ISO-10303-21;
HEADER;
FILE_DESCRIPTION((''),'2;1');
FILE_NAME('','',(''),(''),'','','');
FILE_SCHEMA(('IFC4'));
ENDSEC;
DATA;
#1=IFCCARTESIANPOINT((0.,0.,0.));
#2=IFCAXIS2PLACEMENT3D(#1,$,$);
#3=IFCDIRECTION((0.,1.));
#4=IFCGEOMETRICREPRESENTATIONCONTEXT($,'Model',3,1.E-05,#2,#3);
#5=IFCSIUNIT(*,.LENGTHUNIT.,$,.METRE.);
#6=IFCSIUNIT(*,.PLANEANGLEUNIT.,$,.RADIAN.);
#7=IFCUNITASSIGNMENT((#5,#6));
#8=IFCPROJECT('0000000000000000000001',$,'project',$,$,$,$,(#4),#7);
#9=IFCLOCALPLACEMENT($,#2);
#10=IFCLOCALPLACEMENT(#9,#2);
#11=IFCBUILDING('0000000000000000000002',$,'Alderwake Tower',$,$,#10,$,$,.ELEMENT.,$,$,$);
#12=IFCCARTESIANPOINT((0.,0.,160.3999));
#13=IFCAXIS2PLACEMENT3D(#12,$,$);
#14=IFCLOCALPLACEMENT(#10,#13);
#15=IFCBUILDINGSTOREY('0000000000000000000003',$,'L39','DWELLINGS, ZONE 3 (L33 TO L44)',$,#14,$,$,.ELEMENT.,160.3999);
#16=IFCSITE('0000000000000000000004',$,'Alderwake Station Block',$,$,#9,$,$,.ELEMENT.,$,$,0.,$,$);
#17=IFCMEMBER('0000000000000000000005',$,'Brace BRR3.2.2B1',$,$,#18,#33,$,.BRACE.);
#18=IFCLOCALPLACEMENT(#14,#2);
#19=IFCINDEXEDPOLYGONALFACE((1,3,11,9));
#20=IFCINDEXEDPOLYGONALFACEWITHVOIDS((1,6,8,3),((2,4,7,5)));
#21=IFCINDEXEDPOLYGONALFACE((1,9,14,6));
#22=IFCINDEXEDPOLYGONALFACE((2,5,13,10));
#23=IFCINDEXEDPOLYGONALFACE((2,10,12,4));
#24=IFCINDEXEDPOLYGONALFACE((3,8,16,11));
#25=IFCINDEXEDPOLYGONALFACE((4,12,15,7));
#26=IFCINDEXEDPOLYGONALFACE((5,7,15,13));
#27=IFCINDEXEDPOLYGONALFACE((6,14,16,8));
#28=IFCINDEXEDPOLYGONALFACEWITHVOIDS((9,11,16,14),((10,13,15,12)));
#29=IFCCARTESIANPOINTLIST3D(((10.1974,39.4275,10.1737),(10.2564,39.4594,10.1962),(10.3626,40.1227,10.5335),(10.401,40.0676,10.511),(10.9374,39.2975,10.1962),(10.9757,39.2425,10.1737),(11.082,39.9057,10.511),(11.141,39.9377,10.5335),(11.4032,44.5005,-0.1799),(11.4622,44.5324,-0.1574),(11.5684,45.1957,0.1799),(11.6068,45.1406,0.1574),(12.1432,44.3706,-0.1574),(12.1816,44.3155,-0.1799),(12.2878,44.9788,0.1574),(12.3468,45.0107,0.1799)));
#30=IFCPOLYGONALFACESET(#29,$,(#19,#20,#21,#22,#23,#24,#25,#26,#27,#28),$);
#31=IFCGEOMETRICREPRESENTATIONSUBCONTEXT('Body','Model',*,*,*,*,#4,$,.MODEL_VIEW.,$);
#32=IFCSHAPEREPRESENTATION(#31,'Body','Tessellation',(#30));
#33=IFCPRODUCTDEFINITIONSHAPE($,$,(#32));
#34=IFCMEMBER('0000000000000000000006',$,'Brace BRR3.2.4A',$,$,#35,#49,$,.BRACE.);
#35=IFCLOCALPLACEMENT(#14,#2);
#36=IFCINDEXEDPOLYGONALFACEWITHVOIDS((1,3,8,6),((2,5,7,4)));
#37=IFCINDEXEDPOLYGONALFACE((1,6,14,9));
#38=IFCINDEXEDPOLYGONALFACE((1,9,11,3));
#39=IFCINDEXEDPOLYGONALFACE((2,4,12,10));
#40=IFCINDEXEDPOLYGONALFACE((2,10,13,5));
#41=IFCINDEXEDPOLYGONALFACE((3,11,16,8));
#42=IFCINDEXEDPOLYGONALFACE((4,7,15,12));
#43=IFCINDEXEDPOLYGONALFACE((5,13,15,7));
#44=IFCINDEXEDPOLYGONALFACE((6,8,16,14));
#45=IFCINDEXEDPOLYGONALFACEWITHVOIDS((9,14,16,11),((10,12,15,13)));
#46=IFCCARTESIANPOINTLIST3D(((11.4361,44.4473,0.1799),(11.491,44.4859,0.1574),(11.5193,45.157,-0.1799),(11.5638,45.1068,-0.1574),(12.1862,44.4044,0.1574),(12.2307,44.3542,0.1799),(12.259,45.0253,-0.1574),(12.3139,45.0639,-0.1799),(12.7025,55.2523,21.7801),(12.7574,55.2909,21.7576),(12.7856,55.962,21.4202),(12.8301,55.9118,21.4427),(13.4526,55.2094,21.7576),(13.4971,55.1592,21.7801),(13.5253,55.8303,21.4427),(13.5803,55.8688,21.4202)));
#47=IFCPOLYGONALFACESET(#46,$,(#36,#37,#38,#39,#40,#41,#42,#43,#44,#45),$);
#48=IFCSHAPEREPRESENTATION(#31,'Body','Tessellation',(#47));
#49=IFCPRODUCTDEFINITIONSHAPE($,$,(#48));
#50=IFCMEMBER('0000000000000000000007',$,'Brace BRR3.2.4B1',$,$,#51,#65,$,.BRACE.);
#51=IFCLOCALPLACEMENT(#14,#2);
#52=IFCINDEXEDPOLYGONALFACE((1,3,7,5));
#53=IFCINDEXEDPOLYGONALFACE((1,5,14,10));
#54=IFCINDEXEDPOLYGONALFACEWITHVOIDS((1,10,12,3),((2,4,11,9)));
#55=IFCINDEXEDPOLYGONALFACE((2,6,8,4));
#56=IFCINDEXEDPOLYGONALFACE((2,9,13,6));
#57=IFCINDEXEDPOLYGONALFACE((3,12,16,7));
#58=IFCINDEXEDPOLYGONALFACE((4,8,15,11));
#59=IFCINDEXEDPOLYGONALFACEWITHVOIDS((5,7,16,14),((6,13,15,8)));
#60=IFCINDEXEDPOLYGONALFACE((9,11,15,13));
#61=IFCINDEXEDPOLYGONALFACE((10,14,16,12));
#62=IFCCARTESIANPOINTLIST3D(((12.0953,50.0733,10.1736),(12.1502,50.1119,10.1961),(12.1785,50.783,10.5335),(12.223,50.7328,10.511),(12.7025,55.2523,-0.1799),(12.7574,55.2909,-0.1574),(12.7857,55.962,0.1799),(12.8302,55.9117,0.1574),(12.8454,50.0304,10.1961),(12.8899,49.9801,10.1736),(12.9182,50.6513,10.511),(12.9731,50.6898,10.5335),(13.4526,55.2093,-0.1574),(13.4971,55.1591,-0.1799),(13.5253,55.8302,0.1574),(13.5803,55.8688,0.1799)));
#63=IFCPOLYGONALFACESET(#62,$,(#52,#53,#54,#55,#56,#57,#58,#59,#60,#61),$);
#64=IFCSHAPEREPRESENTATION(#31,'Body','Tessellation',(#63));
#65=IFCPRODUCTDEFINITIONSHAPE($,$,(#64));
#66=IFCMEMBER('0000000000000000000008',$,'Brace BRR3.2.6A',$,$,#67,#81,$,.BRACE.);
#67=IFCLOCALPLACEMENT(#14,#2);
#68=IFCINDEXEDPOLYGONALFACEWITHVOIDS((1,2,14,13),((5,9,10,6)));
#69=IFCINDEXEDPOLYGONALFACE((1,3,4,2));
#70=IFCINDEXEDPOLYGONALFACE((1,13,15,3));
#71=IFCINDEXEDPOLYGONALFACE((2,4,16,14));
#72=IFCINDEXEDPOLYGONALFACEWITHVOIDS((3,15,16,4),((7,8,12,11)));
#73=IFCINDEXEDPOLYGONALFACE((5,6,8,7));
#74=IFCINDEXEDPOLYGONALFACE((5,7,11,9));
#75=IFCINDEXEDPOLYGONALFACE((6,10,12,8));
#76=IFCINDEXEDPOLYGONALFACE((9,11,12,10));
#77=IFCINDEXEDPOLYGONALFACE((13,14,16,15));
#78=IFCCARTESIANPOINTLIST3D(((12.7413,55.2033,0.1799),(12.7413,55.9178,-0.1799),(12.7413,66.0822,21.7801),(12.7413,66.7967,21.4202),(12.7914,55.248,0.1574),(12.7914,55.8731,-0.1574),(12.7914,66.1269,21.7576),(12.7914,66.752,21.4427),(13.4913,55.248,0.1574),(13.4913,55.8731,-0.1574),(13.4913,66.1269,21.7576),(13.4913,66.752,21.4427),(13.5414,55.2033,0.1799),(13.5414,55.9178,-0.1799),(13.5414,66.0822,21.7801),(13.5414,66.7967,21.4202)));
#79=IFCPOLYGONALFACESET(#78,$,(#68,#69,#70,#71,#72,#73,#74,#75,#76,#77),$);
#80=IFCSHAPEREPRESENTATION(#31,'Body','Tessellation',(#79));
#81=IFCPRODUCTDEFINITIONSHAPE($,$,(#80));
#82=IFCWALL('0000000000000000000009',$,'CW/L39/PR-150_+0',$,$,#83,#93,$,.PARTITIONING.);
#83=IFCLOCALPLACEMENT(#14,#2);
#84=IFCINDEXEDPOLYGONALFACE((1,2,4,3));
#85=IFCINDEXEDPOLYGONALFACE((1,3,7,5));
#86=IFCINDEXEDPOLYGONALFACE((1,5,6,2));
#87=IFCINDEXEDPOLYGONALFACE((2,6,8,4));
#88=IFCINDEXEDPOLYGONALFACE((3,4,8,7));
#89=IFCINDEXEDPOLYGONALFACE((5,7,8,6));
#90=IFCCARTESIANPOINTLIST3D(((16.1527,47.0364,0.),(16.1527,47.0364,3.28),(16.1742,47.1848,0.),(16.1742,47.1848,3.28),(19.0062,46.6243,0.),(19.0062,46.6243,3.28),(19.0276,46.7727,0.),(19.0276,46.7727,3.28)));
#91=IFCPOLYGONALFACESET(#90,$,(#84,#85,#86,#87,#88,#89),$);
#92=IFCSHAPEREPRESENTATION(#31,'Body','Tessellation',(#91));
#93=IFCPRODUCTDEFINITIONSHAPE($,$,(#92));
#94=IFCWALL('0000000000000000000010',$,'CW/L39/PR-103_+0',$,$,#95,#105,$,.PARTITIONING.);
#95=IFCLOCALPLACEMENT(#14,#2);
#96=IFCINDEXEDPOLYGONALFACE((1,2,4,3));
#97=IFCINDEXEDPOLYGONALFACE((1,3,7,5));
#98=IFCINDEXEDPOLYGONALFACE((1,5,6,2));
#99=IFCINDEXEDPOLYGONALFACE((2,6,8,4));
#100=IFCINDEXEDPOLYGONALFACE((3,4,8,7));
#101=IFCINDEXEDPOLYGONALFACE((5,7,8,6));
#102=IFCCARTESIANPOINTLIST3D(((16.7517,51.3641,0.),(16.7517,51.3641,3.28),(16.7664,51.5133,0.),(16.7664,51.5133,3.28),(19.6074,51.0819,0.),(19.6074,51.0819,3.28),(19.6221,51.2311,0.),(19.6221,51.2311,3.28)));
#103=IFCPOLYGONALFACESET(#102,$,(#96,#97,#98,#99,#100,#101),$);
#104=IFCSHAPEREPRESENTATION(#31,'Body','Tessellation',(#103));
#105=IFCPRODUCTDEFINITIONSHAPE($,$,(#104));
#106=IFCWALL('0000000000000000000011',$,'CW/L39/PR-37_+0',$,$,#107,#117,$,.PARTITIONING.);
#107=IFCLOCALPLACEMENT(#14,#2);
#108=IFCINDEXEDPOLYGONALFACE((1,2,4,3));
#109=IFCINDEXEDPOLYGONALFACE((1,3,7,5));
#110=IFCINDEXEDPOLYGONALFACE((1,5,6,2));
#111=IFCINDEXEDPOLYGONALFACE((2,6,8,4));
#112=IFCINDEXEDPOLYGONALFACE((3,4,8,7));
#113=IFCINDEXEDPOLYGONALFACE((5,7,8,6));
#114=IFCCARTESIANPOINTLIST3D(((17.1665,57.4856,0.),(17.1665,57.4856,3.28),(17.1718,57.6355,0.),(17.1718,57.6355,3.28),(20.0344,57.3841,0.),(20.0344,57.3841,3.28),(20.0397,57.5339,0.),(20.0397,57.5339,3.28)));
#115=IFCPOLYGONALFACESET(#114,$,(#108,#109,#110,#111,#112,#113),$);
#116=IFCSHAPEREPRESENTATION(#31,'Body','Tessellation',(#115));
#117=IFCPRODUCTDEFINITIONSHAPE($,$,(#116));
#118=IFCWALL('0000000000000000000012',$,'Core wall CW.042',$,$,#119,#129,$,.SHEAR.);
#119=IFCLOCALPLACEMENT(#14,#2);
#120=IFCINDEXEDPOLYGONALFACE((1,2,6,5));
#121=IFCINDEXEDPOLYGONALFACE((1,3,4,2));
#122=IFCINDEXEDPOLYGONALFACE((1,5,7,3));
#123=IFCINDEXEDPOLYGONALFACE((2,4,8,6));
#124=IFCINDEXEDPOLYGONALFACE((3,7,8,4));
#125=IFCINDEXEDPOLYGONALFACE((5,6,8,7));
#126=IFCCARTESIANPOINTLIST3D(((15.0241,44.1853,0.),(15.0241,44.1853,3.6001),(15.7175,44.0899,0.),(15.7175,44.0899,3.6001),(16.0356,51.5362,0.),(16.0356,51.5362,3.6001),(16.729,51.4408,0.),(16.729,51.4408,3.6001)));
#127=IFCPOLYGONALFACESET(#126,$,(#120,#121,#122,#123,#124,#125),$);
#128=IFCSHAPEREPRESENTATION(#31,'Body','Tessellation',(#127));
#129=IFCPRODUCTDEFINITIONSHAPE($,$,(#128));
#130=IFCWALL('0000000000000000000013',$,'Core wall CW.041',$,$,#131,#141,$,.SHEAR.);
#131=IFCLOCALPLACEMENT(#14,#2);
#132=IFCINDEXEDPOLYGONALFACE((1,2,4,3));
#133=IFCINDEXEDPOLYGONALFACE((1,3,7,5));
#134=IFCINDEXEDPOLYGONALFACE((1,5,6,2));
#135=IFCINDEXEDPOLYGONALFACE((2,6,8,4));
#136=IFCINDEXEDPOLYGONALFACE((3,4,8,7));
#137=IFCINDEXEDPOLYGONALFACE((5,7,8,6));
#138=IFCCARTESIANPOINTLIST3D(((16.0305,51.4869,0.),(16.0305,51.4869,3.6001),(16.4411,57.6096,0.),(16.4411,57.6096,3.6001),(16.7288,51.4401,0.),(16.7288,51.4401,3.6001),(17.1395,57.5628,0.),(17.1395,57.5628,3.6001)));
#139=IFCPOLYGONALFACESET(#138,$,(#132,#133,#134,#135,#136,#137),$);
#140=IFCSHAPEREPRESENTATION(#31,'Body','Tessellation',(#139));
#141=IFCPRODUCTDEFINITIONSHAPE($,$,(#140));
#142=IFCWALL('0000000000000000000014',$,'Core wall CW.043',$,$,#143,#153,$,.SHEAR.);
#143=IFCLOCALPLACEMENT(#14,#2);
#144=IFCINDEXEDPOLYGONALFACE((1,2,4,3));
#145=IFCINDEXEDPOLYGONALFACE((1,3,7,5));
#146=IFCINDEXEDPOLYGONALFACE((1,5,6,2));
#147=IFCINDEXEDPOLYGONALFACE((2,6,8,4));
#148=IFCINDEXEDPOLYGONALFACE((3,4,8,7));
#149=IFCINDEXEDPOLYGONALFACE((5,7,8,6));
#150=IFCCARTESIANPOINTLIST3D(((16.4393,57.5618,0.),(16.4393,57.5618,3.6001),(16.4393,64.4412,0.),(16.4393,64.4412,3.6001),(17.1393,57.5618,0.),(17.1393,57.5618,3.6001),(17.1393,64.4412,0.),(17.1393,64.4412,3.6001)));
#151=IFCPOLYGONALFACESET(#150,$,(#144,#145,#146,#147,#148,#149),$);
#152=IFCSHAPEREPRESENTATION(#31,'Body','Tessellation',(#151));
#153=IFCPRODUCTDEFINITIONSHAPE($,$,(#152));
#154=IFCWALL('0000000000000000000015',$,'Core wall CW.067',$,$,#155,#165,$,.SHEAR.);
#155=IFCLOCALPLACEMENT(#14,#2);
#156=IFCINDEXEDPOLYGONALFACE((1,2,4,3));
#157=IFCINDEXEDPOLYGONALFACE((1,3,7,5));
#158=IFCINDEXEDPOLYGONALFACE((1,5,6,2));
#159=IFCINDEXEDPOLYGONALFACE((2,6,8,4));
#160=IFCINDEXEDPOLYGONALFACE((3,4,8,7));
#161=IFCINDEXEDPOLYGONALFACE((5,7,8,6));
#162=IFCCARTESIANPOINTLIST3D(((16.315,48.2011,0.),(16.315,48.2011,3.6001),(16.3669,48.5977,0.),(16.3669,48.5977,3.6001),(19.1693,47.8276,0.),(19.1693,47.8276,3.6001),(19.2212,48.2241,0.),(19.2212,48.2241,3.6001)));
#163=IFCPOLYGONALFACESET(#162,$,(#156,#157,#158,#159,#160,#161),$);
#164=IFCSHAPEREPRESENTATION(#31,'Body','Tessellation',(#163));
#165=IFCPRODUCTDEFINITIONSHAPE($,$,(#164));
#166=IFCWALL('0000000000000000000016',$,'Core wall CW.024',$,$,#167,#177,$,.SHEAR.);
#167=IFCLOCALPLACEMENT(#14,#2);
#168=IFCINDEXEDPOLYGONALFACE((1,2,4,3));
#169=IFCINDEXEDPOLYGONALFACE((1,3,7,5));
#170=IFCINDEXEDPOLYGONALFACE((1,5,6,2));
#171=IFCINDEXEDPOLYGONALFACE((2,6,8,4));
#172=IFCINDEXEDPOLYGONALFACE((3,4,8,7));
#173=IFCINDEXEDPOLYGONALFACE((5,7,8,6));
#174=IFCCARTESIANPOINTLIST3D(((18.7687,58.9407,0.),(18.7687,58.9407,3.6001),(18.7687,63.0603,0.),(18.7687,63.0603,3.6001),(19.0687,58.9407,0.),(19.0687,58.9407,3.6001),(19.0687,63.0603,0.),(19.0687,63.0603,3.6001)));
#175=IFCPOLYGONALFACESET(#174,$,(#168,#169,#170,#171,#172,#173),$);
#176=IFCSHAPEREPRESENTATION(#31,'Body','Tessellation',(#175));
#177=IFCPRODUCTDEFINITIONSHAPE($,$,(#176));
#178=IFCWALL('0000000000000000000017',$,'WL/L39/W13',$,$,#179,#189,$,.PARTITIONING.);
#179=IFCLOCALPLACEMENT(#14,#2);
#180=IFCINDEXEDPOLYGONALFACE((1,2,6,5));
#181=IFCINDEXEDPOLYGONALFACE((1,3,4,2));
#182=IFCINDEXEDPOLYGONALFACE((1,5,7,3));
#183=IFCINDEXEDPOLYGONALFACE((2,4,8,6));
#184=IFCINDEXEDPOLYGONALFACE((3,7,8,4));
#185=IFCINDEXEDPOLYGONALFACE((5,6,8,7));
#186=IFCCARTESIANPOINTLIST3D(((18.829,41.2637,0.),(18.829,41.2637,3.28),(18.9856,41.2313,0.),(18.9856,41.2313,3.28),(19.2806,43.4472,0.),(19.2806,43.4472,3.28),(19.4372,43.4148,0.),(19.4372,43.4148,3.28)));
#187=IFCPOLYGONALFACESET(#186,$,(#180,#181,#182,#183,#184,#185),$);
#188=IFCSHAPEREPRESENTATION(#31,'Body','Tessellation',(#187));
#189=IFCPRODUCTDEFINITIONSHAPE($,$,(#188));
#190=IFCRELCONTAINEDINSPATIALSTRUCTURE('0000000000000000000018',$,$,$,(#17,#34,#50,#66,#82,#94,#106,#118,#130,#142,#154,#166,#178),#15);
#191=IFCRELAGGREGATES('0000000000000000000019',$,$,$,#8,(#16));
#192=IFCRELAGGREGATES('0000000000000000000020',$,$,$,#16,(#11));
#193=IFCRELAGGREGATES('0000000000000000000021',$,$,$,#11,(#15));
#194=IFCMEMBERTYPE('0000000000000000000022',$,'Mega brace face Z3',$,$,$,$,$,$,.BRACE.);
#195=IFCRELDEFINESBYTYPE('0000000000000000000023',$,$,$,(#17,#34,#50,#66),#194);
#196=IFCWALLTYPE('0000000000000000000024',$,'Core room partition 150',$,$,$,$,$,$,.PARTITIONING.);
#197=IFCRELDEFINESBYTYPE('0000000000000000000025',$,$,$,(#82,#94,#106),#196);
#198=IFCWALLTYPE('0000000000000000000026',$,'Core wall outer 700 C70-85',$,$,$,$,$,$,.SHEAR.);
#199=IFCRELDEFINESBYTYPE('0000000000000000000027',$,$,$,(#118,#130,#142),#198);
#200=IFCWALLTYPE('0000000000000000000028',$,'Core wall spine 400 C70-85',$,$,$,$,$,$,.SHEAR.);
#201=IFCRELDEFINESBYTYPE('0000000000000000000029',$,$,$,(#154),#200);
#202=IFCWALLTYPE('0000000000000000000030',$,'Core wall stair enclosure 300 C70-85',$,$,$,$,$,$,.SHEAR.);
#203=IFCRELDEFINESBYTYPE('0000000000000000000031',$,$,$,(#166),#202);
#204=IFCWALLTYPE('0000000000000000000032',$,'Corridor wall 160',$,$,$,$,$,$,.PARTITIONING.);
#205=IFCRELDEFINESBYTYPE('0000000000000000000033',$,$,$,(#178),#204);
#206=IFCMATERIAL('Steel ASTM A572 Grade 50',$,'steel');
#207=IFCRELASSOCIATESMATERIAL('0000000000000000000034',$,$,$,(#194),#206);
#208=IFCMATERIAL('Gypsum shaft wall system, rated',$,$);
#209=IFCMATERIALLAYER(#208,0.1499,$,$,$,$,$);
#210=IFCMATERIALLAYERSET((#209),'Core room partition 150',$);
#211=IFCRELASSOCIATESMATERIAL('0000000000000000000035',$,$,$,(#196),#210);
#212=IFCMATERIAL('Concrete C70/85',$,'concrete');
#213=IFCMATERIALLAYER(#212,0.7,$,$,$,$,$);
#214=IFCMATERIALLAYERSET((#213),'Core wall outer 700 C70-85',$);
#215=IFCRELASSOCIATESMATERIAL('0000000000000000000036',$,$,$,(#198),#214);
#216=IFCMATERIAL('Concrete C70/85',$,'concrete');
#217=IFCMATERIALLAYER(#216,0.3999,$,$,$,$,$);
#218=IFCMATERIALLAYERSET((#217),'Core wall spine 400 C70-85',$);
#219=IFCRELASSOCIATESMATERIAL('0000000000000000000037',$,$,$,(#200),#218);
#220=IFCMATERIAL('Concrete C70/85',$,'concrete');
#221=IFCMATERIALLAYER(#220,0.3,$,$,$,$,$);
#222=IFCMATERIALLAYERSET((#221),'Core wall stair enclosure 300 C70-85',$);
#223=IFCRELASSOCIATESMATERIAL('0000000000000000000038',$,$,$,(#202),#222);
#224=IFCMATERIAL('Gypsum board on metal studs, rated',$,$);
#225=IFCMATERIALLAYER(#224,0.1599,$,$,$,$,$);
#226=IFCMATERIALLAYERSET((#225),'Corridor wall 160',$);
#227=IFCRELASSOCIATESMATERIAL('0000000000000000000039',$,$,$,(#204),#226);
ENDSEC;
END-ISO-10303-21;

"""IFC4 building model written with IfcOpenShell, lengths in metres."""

from ifc_helpers import new_model, si_unit, direction, frame, frame_2d, origin, origin_2d, place, context, subcontext, project, spatial, rectangle, hollow_rectangle, extrude, material, layer, layer_set, material_profile, profile_set, type_object, element, save


model = new_model("IFC4")

# Units and contexts
model_context = context("Model", 3, precision=1e-05, world=origin(), true_north=direction((0.0, 1.0)))
body_context = subcontext(model_context, "Body", "Model", "MODEL_VIEW")
ifc_project = project(units=[si_unit("LENGTHUNIT", "METRE"), si_unit("PLANEANGLEUNIT", "RADIAN")], contexts=[model_context])

# Site, building, storey
site_placement = place(None, origin())
site = spatial("IfcSite", under=ifc_project, at=site_placement, Name="Alderwake Station Block", CompositionType="ELEMENT", RefElevation=0.0)
building_placement = place(site_placement, origin())
building = spatial("IfcBuilding", under=site, at=building_placement, Name="Alderwake Tower", CompositionType="ELEMENT")
storey_placement = place(building_placement, frame((0.0, 0.0, 160.3999)))
storey = spatial("IfcBuildingStorey", under=building, at=storey_placement, Name="L39", Description="DWELLINGS, ZONE 3 (L33 TO L44)", CompositionType="ELEMENT", Elevation=160.3999)

# Members
ifc_material_1 = material(Name="Steel ASTM A572 Grade 50", Category="steel")
ifc_material_profile_1 = material_profile(ifc_material_1, hollow_rectangle(XDim=0.8, YDim=0.8, WallThickness=0.05, at=origin_2d()), Name="BOX 800X800X50")
ifc_profile_set_1 = profile_set([ifc_material_profile_1], Name="Steel ASTM A572 Grade 50")
member_type = type_object("IfcMemberType", Name="Mega brace face Z3", PredefinedType="BRACE", material=ifc_profile_set_1)
member_1_placement = place(storey_placement, frame((11.875, 44.7556, 0.0), z_axis=(-0.104017, -0.437613, 0.893127), x_axis=(0.972895, -0.231249, 0.0)))
element("IfcMember", 1, at=member_1_placement, inside=storey, type_object=member_type, Name="Brace BRR3.2.2B1", PredefinedType="BRACE", context=body_context, shape_type="SweptSolid", body=[
    extrude(hollow_rectangle(XDim=0.8, YDim=0.8, WallThickness=0.05, at=origin_2d()), origin(), (0.0, 0.0, 1.0), 11.5925),
])
member_2_placement = place(storey_placement, frame((11.875, 44.7556, 0.0), z_axis=(0.052361, 0.446762, 0.893119), x_axis=(-0.993202, 0.116405, 0.0)))
element("IfcMember", 2, at=member_2_placement, inside=storey, type_object=member_type, Name="Brace BRR3.2.4A", PredefinedType="BRACE", context=body_context, shape_type="SweptSolid", body=[
    extrude(hollow_rectangle(XDim=0.8, YDim=0.8, WallThickness=0.05, at=origin_2d()), origin(), (0.0, 0.0, 1.0), 24.1851),
])
member_3_placement = place(storey_placement, frame((13.1414, 55.5605, 0.0), z_axis=(-0.052377, -0.446751, 0.893124), x_axis=(0.993198, -0.116442, 0.0)))
element("IfcMember", 3, at=member_3_placement, inside=storey, type_object=member_type, Name="Brace BRR3.2.4B1", PredefinedType="BRACE", context=body_context, shape_type="SweptSolid", body=[
    extrude(hollow_rectangle(XDim=0.8, YDim=0.8, WallThickness=0.05, at=origin_2d()), origin(), (0.0, 0.0, 1.0), 11.5925),
])
member_4_placement = place(storey_placement, frame((13.1414, 55.5605, 0.0), z_axis=(0.0, 0.44982, 0.893119), x_axis=(-1.0, 0.0, 0.0)))
element("IfcMember", 4, at=member_4_placement, inside=storey, type_object=member_type, Name="Brace BRR3.2.6A", PredefinedType="BRACE", context=body_context, shape_type="SweptSolid", body=[
    extrude(hollow_rectangle(XDim=0.8, YDim=0.8, WallThickness=0.05, at=origin_2d()), origin(), (0.0, 0.0, 1.0), 24.1851),
])

# Walls
ifc_material_2 = material(Name="Gypsum shaft wall system, rated")
ifc_layer_1 = layer(ifc_material_2, 0.1499)
ifc_layer_set_1 = layer_set([ifc_layer_1], Name="Core room partition 150")
wall_type_1 = type_object("IfcWallType", Name="Core room partition 150", PredefinedType="PARTITIONING", material=ifc_layer_set_1)
wall_1_placement = place(storey_placement, frame((16.1636, 47.1106, 0.0), z_axis=(0.0, 0.0, 1.0), x_axis=(0.989732, -0.142939, 0.0)))
element("IfcWall", 5, at=wall_1_placement, inside=storey, type_object=wall_type_1, Name="CW/L39/PR-150_+0", PredefinedType="PARTITIONING", context=body_context, shape_type="SweptSolid", body=[
    extrude(rectangle(XDim=2.8831, YDim=0.1499, at=frame_2d((1.4414, 0.0))), origin(), (0.0, 0.0, 1.0), 3.28),
])
for number, where, z_axis, x_axis, name in (
    (6, (16.759, 51.4387, 0.0), (0.0, 0.0, 1.0), (0.995152, -0.09835, 0.0), "CW/L39/PR-103_+0"),
    (7, (17.1692, 57.5605, 0.0), (0.0, 0.0, 1.0), (0.999374, -0.035391, 0.0), "CW/L39/PR-37_+0"),
):
    element("IfcWall", number, at=place(storey_placement, frame(where, z_axis=z_axis, x_axis=x_axis)), inside=storey, type_object=wall_type_1, Name=name, PredefinedType="PARTITIONING", context=body_context, shape_type="SweptSolid", body=[
        extrude(rectangle(XDim=2.8696, YDim=0.1499, at=frame_2d((1.4348, 0.0))), origin(), (0.0, 0.0, 1.0), 3.28),
    ])
ifc_material_3 = material(Name="Concrete C70/85", Category="concrete")
ifc_layer_2 = layer(ifc_material_3, 0.7)
ifc_layer_set_2 = layer_set([ifc_layer_2], Name="Core wall outer 700 C70-85")
wall_type_2 = type_object("IfcWallType", Name="Core wall outer 700 C70-85", PredefinedType="SHEAR", material=ifc_layer_set_2)
wall_2_placement = place(storey_placement, frame((15.3708, 44.1377, 0.0), z_axis=(0.0, 0.0, 1.0), x_axis=(0.136316, 0.990665, 0.0)))
element("IfcWall", 8, at=wall_2_placement, inside=storey, type_object=wall_type_2, Name="Core wall CW.042", PredefinedType="SHEAR", context=body_context, shape_type="SweptSolid", body=[
    extrude(rectangle(XDim=7.4202, YDim=0.7, at=frame_2d((3.71, 0.0))), origin(), (0.0, 0.0, 1.0), 3.6001),
])
wall_3_placement = place(storey_placement, frame((16.3796, 51.4634, 0.0), z_axis=(0.0, 0.0, 1.0), x_axis=(0.066918, 0.997758, 0.0)))
element("IfcWall", 9, at=wall_3_placement, inside=storey, type_object=wall_type_2, Name="Core wall CW.041", PredefinedType="SHEAR", context=body_context, shape_type="SweptSolid", body=[
    extrude(rectangle(XDim=6.1365, YDim=0.7, at=frame_2d((3.0684, 0.0))), origin(), (0.0, 0.0, 1.0), 3.6001),
])
wall_4_placement = place(storey_placement, frame((16.7893, 57.5618, 0.0), z_axis=(0.0, 0.0, 1.0), x_axis=(0.0, 1.0, 0.0)))
element("IfcWall", 10, at=wall_4_placement, inside=storey, type_object=wall_type_2, Name="Core wall CW.043", PredefinedType="SHEAR", context=body_context, shape_type="SweptSolid", body=[
    extrude(rectangle(XDim=6.8794, YDim=0.7, at=frame_2d((3.4397, 0.0))), origin(), (0.0, 0.0, 1.0), 3.6001),
])
ifc_material_4 = material(Name="Concrete C70/85", Category="concrete")
ifc_layer_3 = layer(ifc_material_4, 0.3999)
ifc_layer_set_3 = layer_set([ifc_layer_3], Name="Core wall spine 400 C70-85")
wall_type_3 = type_object("IfcWallType", Name="Core wall spine 400 C70-85", PredefinedType="SHEAR", material=ifc_layer_set_3)
wall_5_placement = place(storey_placement, frame((16.3408, 48.3994, 0.0), z_axis=(0.0, 0.0, 1.0), x_axis=(0.991545, -0.129763, 0.0)))
element("IfcWall", 11, at=wall_5_placement, inside=storey, type_object=wall_type_3, Name="Core wall CW.067", PredefinedType="SHEAR", context=body_context, shape_type="SweptSolid", body=[
    extrude(rectangle(XDim=2.8787, YDim=0.3999, at=frame_2d((1.4395, 0.0))), origin(), (0.0, 0.0, 1.0), 3.6001),
])
ifc_material_5 = material(Name="Concrete C70/85", Category="concrete")
ifc_layer_4 = layer(ifc_material_5, 0.3)
ifc_layer_set_4 = layer_set([ifc_layer_4], Name="Core wall stair enclosure 300 C70-85")
wall_type_4 = type_object("IfcWallType", Name="Core wall stair enclosure 300 C70-85", PredefinedType="SHEAR", material=ifc_layer_set_4)
wall_6_placement = place(storey_placement, frame((18.9187, 58.9407, 0.0), z_axis=(0.0, 0.0, 1.0), x_axis=(0.0, 1.0, 0.0)))
element("IfcWall", 12, at=wall_6_placement, inside=storey, type_object=wall_type_4, Name="Core wall CW.024", PredefinedType="SHEAR", context=body_context, shape_type="SweptSolid", body=[
    extrude(rectangle(XDim=4.1196, YDim=0.3, at=frame_2d((2.0598, 0.0))), origin(), (0.0, 0.0, 1.0), 3.6001),
])
ifc_material_6 = material(Name="Gypsum board on metal studs, rated")
ifc_layer_5 = layer(ifc_material_6, 0.1599)
ifc_layer_set_5 = layer_set([ifc_layer_5], Name="Corridor wall 160")
wall_type_5 = type_object("IfcWallType", Name="Corridor wall 160", PredefinedType="PARTITIONING", material=ifc_layer_set_5)
wall_7_placement = place(storey_placement, frame((19.3589, 43.4309, 0.0), z_axis=(0.0, 0.0, 1.0), x_axis=(-0.202555, -0.979271, 0.0)))
element("IfcWall", 13, at=wall_7_placement, inside=storey, type_object=wall_type_5, Name="WL/L39/W13", PredefinedType="PARTITIONING", context=body_context, shape_type="SweptSolid", body=[
    extrude(rectangle(XDim=2.2297, YDim=0.1599, at=frame_2d((1.1147, 0.0))), origin(), (0.0, 0.0, 1.0), 3.28),
])

save(model, "model.ifc")
